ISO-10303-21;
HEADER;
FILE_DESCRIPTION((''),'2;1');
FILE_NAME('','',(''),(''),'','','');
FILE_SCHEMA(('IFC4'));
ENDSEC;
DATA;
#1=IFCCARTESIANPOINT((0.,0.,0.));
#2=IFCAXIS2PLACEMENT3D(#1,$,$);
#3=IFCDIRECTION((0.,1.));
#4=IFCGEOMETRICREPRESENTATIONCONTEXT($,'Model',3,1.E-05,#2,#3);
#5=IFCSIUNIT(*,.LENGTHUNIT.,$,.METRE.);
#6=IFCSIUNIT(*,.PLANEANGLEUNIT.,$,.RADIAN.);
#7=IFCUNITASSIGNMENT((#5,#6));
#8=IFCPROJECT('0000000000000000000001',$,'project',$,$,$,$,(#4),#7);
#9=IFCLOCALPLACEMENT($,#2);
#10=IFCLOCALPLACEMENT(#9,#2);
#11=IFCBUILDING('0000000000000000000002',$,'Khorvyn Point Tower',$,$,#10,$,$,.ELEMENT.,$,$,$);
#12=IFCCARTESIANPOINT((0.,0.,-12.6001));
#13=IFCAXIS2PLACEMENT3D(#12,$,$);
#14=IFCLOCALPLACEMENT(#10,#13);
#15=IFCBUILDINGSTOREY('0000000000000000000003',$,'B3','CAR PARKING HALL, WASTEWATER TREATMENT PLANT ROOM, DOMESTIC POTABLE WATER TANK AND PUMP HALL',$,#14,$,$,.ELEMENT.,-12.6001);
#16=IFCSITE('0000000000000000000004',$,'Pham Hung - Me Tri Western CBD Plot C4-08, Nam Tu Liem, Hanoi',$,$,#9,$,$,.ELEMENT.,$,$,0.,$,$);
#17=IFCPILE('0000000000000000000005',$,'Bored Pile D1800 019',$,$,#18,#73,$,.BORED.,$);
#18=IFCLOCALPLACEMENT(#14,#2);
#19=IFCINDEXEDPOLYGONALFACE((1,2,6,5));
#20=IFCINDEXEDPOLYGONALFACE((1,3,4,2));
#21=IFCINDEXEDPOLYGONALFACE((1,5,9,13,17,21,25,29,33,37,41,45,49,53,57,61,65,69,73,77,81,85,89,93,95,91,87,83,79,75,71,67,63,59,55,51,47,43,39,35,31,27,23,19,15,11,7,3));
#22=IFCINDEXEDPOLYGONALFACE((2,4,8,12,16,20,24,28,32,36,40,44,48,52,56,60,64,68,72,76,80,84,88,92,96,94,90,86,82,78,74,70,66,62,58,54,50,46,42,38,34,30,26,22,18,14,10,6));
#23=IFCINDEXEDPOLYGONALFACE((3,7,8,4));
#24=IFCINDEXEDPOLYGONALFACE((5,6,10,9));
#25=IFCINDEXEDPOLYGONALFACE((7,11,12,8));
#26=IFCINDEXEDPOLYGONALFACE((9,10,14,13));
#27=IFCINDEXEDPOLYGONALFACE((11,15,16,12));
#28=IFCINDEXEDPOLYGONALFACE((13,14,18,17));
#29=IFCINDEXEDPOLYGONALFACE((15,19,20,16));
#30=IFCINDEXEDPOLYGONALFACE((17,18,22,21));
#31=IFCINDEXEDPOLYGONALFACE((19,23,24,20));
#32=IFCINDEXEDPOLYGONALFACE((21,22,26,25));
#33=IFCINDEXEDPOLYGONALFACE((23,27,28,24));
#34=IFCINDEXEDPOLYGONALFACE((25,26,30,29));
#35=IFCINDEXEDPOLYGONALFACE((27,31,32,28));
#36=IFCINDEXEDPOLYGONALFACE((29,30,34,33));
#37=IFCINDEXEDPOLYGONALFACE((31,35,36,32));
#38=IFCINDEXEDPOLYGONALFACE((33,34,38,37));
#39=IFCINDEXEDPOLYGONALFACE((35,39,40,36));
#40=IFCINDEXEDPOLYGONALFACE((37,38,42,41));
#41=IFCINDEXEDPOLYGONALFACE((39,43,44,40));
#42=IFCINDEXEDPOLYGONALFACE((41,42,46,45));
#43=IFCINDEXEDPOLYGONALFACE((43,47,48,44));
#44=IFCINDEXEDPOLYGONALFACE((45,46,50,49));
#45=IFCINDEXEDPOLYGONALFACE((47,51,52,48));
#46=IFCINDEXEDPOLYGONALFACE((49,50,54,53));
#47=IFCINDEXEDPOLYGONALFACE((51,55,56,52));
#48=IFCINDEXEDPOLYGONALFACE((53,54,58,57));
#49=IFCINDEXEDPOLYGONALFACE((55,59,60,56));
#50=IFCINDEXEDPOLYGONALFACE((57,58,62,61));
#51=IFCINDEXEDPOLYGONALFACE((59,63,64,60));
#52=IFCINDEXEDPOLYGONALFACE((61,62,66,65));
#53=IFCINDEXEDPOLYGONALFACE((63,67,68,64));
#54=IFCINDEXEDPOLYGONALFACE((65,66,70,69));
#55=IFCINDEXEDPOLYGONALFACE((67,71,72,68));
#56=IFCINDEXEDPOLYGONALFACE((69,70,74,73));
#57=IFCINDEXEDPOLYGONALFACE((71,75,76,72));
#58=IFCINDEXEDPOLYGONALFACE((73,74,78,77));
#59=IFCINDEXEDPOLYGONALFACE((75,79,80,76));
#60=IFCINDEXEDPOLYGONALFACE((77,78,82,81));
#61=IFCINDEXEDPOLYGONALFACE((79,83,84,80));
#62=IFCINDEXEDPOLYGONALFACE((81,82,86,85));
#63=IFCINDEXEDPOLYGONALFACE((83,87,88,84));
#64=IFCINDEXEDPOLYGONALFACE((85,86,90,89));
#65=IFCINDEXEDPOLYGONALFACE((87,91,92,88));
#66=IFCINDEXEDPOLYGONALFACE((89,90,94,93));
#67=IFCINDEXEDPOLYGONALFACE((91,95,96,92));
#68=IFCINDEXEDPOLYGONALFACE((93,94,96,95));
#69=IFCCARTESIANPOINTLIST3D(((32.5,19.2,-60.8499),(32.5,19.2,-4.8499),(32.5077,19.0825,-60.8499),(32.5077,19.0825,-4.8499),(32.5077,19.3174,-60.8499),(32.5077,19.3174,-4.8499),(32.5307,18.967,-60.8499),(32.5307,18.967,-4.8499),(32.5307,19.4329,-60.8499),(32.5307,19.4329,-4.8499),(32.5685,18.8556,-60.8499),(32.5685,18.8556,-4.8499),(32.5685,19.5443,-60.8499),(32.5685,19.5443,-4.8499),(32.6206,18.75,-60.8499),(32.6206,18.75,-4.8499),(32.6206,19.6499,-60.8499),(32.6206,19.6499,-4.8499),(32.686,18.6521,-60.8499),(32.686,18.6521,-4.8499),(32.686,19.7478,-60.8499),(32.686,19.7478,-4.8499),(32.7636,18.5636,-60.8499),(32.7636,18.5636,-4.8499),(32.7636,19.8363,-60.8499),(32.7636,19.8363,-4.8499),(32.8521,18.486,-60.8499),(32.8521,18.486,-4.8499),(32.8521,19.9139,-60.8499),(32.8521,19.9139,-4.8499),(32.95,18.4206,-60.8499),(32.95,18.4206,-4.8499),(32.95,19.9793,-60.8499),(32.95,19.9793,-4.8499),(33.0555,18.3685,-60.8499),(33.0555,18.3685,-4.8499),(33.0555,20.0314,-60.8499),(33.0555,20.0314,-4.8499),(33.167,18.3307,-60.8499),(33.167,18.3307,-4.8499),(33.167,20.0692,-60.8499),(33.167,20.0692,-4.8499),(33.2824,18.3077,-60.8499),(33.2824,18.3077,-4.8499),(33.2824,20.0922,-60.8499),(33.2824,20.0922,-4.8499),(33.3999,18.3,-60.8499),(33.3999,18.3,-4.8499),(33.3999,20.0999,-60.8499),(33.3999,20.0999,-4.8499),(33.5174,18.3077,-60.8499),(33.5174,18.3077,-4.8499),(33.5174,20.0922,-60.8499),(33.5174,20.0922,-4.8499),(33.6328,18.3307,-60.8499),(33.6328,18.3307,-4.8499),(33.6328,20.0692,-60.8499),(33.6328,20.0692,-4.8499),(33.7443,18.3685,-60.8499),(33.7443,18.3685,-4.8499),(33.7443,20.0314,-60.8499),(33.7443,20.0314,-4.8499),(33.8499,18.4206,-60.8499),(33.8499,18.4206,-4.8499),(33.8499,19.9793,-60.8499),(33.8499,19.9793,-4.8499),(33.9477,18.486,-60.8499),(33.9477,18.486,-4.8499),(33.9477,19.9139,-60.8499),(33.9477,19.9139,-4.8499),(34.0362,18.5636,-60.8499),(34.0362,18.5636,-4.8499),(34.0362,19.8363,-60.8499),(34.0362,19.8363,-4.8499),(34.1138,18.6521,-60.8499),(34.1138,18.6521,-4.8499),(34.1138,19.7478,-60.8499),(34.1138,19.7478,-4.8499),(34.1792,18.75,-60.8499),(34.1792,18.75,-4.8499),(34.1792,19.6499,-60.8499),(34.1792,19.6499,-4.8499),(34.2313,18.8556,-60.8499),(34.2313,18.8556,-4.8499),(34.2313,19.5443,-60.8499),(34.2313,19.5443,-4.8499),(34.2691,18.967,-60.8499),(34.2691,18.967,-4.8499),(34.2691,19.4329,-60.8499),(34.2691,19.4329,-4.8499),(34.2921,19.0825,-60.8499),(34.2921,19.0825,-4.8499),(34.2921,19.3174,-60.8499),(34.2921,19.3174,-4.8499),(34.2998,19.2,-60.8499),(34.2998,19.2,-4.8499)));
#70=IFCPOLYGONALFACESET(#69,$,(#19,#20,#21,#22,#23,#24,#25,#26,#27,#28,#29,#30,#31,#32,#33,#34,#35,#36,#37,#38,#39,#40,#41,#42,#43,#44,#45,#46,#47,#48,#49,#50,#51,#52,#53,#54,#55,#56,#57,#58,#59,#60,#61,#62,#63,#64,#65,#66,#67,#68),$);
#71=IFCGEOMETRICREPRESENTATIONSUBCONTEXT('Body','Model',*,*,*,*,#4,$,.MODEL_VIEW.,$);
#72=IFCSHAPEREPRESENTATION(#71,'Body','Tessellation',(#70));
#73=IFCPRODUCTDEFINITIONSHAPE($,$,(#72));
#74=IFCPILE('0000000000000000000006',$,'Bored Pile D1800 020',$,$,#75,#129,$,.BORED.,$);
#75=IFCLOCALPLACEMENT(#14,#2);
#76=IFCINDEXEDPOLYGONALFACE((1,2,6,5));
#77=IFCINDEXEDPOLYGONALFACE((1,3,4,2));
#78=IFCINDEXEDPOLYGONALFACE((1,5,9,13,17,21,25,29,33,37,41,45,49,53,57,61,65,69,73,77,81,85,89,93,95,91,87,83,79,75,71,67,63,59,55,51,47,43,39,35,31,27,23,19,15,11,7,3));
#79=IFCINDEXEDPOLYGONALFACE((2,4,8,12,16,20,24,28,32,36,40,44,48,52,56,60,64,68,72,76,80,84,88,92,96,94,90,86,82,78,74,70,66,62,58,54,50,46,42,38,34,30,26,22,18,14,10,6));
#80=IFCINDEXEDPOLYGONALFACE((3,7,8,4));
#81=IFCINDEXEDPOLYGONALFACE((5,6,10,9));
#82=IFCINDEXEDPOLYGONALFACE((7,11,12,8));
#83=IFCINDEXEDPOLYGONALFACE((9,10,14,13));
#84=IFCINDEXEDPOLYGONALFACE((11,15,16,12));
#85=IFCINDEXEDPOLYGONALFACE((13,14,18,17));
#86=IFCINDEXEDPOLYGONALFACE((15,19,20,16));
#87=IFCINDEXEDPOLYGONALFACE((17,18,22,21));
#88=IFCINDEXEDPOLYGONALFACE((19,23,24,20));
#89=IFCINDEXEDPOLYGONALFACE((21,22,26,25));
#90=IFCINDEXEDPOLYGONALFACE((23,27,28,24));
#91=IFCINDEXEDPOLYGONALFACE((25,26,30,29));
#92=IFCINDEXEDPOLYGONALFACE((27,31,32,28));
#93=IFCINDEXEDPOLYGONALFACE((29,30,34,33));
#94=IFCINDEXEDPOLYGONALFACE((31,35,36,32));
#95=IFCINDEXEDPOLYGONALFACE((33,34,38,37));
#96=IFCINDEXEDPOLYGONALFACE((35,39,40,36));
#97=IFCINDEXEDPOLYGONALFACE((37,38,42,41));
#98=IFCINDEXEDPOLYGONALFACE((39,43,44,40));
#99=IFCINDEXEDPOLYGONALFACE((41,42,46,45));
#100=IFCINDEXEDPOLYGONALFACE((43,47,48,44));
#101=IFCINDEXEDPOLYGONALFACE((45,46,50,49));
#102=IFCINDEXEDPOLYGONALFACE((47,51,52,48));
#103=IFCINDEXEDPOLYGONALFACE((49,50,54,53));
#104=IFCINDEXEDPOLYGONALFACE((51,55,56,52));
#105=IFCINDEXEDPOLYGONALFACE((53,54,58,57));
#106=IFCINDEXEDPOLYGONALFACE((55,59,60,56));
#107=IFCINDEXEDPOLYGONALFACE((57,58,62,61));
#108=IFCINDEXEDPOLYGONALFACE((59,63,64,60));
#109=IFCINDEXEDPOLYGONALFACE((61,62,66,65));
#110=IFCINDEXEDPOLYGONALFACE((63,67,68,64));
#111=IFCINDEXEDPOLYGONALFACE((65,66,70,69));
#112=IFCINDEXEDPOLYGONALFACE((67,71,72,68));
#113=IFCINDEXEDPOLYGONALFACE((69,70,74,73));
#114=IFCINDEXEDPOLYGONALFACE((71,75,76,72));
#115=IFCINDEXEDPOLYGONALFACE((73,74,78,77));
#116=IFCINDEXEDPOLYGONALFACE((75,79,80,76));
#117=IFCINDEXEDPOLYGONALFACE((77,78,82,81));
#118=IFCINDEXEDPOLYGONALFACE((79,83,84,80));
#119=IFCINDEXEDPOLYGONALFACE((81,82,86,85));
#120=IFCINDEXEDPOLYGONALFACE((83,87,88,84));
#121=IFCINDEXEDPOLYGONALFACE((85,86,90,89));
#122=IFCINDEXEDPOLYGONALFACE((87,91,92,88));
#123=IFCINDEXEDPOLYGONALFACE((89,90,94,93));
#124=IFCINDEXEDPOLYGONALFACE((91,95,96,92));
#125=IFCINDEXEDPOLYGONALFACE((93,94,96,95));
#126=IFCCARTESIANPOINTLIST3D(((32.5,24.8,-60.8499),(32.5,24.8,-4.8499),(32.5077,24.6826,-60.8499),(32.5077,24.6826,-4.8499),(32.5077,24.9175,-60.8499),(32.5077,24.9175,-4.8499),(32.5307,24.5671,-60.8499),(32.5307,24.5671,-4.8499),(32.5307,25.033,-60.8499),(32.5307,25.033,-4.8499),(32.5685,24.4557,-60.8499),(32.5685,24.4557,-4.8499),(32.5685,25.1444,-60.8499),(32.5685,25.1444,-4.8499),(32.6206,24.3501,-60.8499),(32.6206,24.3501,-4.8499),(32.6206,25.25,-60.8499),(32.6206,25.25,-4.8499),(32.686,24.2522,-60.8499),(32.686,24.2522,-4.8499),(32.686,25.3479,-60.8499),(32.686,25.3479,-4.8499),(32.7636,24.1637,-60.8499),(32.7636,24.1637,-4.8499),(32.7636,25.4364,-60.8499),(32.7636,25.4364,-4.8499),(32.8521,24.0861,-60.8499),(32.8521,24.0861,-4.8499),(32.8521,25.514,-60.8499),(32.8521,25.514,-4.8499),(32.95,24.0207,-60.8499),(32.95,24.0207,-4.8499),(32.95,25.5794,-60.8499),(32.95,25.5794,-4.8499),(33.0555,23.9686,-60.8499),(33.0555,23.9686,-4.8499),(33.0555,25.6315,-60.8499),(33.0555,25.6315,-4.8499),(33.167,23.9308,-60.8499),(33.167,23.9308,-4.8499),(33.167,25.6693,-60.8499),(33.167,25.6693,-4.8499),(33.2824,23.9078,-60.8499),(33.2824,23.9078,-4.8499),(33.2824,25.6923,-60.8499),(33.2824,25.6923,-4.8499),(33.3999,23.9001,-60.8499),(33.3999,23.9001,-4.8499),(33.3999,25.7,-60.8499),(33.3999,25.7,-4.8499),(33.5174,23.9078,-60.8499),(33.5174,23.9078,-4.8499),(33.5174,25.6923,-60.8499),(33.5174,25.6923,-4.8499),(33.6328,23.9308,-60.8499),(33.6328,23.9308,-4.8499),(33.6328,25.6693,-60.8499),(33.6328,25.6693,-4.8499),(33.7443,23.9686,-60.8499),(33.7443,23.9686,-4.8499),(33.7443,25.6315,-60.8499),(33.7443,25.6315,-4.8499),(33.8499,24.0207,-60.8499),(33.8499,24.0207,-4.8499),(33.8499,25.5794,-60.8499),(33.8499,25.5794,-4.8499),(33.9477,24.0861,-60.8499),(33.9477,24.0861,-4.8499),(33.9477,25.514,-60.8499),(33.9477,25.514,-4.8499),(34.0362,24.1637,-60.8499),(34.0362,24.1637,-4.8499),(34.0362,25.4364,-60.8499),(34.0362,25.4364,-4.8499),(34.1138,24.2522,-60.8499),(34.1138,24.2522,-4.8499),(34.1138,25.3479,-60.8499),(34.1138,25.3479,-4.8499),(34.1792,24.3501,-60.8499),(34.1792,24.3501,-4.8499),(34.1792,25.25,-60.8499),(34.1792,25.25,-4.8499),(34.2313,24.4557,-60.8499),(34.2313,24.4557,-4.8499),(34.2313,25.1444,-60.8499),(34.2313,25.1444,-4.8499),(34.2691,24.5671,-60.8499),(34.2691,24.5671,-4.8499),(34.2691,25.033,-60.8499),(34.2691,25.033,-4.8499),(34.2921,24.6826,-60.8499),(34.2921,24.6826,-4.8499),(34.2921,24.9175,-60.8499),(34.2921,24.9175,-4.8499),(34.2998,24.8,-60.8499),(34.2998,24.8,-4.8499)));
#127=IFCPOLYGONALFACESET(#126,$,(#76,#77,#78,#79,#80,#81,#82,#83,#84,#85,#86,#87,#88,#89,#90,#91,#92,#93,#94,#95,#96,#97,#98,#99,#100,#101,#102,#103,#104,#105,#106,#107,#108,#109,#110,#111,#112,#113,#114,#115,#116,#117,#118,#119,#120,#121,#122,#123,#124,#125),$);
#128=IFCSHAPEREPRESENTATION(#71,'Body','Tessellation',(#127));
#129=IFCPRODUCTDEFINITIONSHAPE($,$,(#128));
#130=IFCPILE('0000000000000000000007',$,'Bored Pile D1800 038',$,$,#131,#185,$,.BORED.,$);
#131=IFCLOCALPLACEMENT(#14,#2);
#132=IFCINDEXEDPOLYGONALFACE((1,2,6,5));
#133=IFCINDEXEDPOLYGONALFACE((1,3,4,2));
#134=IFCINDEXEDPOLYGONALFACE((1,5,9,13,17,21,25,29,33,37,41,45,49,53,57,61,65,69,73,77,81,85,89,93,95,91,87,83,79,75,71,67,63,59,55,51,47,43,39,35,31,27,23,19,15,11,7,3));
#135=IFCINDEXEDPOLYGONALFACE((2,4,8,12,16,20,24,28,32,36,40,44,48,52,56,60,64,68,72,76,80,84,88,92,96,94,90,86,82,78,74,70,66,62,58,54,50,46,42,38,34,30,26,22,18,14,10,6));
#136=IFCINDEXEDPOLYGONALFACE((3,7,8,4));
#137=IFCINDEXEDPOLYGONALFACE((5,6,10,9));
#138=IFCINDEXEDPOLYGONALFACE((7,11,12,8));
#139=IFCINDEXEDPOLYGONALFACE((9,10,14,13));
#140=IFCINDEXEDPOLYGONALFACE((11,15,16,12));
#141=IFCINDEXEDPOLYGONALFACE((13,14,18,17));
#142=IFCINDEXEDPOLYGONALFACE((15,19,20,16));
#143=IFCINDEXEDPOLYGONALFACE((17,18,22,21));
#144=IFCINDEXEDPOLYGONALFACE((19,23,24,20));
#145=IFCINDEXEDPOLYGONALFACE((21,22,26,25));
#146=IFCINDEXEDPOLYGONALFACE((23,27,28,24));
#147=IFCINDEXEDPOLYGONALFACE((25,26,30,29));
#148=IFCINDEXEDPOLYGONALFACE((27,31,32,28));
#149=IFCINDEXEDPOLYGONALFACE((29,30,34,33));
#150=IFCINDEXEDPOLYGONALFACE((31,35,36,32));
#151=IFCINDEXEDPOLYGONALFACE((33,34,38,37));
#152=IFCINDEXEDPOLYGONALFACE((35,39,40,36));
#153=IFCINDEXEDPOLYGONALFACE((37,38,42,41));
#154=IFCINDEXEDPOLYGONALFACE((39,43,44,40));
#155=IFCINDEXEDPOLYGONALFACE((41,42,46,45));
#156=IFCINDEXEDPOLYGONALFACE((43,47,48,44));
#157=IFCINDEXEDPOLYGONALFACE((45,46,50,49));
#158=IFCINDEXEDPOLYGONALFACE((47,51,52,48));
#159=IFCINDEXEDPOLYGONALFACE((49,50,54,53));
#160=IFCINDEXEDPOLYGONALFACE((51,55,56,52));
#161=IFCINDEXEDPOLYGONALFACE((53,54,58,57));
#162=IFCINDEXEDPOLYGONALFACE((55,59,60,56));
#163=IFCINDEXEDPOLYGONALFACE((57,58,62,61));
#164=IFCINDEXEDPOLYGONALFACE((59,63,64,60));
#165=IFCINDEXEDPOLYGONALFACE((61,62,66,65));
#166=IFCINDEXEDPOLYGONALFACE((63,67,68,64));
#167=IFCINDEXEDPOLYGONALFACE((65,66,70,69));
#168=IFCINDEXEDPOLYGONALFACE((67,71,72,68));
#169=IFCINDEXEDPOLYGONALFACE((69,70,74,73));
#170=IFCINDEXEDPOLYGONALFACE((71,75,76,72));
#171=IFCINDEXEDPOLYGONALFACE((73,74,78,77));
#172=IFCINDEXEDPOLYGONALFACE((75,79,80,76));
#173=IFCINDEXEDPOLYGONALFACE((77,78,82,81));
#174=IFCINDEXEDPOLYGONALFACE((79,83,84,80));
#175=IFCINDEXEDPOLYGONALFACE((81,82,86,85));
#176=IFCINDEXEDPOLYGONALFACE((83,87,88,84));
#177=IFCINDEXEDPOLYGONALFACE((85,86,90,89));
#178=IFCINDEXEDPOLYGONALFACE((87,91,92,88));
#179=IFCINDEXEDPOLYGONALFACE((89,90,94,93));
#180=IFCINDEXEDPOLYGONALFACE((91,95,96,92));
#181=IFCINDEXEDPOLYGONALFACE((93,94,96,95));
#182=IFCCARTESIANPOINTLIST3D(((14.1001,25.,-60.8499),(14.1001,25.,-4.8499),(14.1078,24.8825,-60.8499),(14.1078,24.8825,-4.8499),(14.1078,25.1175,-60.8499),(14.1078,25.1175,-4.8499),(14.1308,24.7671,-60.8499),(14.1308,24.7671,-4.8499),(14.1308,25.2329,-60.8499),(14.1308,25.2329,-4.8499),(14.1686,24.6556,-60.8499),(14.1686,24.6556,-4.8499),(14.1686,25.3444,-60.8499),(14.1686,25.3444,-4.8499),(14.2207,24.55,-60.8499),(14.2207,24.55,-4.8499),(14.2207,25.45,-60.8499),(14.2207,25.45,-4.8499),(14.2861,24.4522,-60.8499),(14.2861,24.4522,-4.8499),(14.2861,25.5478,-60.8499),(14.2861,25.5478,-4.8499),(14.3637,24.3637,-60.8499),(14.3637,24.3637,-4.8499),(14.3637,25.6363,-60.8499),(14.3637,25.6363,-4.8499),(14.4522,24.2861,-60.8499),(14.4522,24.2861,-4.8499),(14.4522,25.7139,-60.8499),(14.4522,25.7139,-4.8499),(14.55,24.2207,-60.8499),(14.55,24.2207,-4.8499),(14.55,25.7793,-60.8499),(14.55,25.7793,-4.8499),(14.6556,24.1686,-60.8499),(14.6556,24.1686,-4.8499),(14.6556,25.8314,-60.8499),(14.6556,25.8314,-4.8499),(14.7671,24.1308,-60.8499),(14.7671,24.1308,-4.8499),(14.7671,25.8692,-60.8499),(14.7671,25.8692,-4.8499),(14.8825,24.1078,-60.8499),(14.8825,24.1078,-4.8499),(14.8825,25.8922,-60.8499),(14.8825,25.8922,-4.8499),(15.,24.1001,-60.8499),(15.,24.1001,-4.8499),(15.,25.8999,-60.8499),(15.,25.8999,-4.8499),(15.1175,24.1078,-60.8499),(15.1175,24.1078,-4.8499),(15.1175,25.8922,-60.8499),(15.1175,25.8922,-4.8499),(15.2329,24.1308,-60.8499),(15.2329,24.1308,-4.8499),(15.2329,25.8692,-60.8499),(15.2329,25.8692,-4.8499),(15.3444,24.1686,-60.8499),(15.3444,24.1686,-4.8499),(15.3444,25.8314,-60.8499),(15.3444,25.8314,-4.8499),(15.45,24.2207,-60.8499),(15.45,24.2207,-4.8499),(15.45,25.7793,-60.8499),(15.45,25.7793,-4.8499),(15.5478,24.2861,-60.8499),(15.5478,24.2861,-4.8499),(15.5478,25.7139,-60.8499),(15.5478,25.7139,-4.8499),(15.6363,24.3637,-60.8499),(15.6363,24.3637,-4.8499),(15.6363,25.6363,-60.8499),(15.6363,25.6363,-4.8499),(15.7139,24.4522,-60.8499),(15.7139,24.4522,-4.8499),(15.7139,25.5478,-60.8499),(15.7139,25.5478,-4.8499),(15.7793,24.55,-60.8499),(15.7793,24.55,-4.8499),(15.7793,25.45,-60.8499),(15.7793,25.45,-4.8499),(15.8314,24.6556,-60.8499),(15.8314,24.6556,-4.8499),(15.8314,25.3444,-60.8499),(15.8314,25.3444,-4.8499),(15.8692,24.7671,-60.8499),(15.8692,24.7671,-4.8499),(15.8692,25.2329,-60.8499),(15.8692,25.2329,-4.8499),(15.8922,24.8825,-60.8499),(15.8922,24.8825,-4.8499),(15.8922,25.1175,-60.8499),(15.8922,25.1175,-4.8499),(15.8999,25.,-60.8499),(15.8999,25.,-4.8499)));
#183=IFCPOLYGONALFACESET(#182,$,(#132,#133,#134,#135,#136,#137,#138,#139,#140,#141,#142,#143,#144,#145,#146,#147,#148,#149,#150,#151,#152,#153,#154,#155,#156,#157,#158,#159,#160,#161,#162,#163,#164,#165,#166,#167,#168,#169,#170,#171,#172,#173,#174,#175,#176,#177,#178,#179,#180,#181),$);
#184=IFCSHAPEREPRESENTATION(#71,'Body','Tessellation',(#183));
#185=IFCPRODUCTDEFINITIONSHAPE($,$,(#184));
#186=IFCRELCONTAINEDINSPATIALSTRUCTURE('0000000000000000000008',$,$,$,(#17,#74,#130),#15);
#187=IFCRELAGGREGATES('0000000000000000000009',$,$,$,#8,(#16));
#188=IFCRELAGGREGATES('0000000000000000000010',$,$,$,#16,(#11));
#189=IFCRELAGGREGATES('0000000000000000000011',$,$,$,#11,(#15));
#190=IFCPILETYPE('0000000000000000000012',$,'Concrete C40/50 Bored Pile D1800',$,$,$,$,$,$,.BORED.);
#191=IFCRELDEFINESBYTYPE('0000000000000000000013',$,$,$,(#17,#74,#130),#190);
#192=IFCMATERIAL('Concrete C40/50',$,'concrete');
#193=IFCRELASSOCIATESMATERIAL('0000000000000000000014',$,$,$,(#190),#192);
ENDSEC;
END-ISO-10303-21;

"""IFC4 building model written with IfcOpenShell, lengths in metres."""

from ifc_helpers import new_model, si_unit, direction, frame, origin, origin_2d, place, context, subcontext, project, spatial, circle, extrude, material, material_profile, profile_set, type_object, element, save


model = new_model("IFC4")

# Units and contexts
model_context = context("Model", 3, precision=1e-05, world=origin(), true_north=direction((0.0, 1.0)))
body_context = subcontext(model_context, "Body", "Model", "MODEL_VIEW")
ifc_project = project(units=[si_unit("LENGTHUNIT", "METRE"), si_unit("PLANEANGLEUNIT", "RADIAN")], contexts=[model_context])

# Site, building, storey
site_placement = place(None, origin())
site = spatial("IfcSite", under=ifc_project, at=site_placement, Name="Pham Hung - Me Tri Western CBD Plot C4-08, Nam Tu Liem, Hanoi", CompositionType="ELEMENT", RefElevation=0.0)
building_placement = place(site_placement, origin())
building = spatial("IfcBuilding", under=site, at=building_placement, Name="Khorvyn Point Tower", CompositionType="ELEMENT")
storey_placement = place(building_placement, frame((0.0, 0.0, -12.6001)))
storey = spatial("IfcBuildingStorey", under=building, at=storey_placement, Name="B3", Description="CAR PARKING HALL, WASTEWATER TREATMENT PLANT ROOM, DOMESTIC POTABLE WATER TANK AND PUMP HALL", CompositionType="ELEMENT", Elevation=-12.6001)

# Piles
ifc_material_1 = material(Name="Concrete C40/50", Category="concrete")
ifc_material_profile_1 = material_profile(ifc_material_1, circle(Radius=0.8999, at=origin_2d()))
ifc_profile_set_1 = profile_set([ifc_material_profile_1], Name="Concrete C40/50 PILE-D1800")
pile_type_1 = type_object("IfcPileType", Name="Concrete C40/50 Bored Pile D1800", PredefinedType="BORED", material=ifc_profile_set_1)
for number, where, z_axis, x_axis, name in (
    (1, (33.3999, 19.2, -4.8499), (0.0, 0.0, -1.0), (1.0, 0.0, 0.0), "Bored Pile D1800 019"),
    (2, (33.3999, 24.8, -4.8499), (0.0, 0.0, -1.0), (1.0, 0.0, 0.0), "Bored Pile D1800 020"),
    (3, (15.0, 25.0, -4.8499), (0.0, 0.0, -1.0), (1.0, 0.0, 0.0), "Bored Pile D1800 038"),
):
    element("IfcPile", number, at=place(storey_placement, frame(where, z_axis=z_axis, x_axis=x_axis)), inside=storey, type_object=pile_type_1, Name=name, PredefinedType="BORED", context=body_context, shape_type="SweptSolid", body=[
        extrude(circle(Radius=0.8999, at=origin_2d()), origin(), (0.0, 0.0, 1.0), 56.0),
    ])

save(model, "model.ifc")
